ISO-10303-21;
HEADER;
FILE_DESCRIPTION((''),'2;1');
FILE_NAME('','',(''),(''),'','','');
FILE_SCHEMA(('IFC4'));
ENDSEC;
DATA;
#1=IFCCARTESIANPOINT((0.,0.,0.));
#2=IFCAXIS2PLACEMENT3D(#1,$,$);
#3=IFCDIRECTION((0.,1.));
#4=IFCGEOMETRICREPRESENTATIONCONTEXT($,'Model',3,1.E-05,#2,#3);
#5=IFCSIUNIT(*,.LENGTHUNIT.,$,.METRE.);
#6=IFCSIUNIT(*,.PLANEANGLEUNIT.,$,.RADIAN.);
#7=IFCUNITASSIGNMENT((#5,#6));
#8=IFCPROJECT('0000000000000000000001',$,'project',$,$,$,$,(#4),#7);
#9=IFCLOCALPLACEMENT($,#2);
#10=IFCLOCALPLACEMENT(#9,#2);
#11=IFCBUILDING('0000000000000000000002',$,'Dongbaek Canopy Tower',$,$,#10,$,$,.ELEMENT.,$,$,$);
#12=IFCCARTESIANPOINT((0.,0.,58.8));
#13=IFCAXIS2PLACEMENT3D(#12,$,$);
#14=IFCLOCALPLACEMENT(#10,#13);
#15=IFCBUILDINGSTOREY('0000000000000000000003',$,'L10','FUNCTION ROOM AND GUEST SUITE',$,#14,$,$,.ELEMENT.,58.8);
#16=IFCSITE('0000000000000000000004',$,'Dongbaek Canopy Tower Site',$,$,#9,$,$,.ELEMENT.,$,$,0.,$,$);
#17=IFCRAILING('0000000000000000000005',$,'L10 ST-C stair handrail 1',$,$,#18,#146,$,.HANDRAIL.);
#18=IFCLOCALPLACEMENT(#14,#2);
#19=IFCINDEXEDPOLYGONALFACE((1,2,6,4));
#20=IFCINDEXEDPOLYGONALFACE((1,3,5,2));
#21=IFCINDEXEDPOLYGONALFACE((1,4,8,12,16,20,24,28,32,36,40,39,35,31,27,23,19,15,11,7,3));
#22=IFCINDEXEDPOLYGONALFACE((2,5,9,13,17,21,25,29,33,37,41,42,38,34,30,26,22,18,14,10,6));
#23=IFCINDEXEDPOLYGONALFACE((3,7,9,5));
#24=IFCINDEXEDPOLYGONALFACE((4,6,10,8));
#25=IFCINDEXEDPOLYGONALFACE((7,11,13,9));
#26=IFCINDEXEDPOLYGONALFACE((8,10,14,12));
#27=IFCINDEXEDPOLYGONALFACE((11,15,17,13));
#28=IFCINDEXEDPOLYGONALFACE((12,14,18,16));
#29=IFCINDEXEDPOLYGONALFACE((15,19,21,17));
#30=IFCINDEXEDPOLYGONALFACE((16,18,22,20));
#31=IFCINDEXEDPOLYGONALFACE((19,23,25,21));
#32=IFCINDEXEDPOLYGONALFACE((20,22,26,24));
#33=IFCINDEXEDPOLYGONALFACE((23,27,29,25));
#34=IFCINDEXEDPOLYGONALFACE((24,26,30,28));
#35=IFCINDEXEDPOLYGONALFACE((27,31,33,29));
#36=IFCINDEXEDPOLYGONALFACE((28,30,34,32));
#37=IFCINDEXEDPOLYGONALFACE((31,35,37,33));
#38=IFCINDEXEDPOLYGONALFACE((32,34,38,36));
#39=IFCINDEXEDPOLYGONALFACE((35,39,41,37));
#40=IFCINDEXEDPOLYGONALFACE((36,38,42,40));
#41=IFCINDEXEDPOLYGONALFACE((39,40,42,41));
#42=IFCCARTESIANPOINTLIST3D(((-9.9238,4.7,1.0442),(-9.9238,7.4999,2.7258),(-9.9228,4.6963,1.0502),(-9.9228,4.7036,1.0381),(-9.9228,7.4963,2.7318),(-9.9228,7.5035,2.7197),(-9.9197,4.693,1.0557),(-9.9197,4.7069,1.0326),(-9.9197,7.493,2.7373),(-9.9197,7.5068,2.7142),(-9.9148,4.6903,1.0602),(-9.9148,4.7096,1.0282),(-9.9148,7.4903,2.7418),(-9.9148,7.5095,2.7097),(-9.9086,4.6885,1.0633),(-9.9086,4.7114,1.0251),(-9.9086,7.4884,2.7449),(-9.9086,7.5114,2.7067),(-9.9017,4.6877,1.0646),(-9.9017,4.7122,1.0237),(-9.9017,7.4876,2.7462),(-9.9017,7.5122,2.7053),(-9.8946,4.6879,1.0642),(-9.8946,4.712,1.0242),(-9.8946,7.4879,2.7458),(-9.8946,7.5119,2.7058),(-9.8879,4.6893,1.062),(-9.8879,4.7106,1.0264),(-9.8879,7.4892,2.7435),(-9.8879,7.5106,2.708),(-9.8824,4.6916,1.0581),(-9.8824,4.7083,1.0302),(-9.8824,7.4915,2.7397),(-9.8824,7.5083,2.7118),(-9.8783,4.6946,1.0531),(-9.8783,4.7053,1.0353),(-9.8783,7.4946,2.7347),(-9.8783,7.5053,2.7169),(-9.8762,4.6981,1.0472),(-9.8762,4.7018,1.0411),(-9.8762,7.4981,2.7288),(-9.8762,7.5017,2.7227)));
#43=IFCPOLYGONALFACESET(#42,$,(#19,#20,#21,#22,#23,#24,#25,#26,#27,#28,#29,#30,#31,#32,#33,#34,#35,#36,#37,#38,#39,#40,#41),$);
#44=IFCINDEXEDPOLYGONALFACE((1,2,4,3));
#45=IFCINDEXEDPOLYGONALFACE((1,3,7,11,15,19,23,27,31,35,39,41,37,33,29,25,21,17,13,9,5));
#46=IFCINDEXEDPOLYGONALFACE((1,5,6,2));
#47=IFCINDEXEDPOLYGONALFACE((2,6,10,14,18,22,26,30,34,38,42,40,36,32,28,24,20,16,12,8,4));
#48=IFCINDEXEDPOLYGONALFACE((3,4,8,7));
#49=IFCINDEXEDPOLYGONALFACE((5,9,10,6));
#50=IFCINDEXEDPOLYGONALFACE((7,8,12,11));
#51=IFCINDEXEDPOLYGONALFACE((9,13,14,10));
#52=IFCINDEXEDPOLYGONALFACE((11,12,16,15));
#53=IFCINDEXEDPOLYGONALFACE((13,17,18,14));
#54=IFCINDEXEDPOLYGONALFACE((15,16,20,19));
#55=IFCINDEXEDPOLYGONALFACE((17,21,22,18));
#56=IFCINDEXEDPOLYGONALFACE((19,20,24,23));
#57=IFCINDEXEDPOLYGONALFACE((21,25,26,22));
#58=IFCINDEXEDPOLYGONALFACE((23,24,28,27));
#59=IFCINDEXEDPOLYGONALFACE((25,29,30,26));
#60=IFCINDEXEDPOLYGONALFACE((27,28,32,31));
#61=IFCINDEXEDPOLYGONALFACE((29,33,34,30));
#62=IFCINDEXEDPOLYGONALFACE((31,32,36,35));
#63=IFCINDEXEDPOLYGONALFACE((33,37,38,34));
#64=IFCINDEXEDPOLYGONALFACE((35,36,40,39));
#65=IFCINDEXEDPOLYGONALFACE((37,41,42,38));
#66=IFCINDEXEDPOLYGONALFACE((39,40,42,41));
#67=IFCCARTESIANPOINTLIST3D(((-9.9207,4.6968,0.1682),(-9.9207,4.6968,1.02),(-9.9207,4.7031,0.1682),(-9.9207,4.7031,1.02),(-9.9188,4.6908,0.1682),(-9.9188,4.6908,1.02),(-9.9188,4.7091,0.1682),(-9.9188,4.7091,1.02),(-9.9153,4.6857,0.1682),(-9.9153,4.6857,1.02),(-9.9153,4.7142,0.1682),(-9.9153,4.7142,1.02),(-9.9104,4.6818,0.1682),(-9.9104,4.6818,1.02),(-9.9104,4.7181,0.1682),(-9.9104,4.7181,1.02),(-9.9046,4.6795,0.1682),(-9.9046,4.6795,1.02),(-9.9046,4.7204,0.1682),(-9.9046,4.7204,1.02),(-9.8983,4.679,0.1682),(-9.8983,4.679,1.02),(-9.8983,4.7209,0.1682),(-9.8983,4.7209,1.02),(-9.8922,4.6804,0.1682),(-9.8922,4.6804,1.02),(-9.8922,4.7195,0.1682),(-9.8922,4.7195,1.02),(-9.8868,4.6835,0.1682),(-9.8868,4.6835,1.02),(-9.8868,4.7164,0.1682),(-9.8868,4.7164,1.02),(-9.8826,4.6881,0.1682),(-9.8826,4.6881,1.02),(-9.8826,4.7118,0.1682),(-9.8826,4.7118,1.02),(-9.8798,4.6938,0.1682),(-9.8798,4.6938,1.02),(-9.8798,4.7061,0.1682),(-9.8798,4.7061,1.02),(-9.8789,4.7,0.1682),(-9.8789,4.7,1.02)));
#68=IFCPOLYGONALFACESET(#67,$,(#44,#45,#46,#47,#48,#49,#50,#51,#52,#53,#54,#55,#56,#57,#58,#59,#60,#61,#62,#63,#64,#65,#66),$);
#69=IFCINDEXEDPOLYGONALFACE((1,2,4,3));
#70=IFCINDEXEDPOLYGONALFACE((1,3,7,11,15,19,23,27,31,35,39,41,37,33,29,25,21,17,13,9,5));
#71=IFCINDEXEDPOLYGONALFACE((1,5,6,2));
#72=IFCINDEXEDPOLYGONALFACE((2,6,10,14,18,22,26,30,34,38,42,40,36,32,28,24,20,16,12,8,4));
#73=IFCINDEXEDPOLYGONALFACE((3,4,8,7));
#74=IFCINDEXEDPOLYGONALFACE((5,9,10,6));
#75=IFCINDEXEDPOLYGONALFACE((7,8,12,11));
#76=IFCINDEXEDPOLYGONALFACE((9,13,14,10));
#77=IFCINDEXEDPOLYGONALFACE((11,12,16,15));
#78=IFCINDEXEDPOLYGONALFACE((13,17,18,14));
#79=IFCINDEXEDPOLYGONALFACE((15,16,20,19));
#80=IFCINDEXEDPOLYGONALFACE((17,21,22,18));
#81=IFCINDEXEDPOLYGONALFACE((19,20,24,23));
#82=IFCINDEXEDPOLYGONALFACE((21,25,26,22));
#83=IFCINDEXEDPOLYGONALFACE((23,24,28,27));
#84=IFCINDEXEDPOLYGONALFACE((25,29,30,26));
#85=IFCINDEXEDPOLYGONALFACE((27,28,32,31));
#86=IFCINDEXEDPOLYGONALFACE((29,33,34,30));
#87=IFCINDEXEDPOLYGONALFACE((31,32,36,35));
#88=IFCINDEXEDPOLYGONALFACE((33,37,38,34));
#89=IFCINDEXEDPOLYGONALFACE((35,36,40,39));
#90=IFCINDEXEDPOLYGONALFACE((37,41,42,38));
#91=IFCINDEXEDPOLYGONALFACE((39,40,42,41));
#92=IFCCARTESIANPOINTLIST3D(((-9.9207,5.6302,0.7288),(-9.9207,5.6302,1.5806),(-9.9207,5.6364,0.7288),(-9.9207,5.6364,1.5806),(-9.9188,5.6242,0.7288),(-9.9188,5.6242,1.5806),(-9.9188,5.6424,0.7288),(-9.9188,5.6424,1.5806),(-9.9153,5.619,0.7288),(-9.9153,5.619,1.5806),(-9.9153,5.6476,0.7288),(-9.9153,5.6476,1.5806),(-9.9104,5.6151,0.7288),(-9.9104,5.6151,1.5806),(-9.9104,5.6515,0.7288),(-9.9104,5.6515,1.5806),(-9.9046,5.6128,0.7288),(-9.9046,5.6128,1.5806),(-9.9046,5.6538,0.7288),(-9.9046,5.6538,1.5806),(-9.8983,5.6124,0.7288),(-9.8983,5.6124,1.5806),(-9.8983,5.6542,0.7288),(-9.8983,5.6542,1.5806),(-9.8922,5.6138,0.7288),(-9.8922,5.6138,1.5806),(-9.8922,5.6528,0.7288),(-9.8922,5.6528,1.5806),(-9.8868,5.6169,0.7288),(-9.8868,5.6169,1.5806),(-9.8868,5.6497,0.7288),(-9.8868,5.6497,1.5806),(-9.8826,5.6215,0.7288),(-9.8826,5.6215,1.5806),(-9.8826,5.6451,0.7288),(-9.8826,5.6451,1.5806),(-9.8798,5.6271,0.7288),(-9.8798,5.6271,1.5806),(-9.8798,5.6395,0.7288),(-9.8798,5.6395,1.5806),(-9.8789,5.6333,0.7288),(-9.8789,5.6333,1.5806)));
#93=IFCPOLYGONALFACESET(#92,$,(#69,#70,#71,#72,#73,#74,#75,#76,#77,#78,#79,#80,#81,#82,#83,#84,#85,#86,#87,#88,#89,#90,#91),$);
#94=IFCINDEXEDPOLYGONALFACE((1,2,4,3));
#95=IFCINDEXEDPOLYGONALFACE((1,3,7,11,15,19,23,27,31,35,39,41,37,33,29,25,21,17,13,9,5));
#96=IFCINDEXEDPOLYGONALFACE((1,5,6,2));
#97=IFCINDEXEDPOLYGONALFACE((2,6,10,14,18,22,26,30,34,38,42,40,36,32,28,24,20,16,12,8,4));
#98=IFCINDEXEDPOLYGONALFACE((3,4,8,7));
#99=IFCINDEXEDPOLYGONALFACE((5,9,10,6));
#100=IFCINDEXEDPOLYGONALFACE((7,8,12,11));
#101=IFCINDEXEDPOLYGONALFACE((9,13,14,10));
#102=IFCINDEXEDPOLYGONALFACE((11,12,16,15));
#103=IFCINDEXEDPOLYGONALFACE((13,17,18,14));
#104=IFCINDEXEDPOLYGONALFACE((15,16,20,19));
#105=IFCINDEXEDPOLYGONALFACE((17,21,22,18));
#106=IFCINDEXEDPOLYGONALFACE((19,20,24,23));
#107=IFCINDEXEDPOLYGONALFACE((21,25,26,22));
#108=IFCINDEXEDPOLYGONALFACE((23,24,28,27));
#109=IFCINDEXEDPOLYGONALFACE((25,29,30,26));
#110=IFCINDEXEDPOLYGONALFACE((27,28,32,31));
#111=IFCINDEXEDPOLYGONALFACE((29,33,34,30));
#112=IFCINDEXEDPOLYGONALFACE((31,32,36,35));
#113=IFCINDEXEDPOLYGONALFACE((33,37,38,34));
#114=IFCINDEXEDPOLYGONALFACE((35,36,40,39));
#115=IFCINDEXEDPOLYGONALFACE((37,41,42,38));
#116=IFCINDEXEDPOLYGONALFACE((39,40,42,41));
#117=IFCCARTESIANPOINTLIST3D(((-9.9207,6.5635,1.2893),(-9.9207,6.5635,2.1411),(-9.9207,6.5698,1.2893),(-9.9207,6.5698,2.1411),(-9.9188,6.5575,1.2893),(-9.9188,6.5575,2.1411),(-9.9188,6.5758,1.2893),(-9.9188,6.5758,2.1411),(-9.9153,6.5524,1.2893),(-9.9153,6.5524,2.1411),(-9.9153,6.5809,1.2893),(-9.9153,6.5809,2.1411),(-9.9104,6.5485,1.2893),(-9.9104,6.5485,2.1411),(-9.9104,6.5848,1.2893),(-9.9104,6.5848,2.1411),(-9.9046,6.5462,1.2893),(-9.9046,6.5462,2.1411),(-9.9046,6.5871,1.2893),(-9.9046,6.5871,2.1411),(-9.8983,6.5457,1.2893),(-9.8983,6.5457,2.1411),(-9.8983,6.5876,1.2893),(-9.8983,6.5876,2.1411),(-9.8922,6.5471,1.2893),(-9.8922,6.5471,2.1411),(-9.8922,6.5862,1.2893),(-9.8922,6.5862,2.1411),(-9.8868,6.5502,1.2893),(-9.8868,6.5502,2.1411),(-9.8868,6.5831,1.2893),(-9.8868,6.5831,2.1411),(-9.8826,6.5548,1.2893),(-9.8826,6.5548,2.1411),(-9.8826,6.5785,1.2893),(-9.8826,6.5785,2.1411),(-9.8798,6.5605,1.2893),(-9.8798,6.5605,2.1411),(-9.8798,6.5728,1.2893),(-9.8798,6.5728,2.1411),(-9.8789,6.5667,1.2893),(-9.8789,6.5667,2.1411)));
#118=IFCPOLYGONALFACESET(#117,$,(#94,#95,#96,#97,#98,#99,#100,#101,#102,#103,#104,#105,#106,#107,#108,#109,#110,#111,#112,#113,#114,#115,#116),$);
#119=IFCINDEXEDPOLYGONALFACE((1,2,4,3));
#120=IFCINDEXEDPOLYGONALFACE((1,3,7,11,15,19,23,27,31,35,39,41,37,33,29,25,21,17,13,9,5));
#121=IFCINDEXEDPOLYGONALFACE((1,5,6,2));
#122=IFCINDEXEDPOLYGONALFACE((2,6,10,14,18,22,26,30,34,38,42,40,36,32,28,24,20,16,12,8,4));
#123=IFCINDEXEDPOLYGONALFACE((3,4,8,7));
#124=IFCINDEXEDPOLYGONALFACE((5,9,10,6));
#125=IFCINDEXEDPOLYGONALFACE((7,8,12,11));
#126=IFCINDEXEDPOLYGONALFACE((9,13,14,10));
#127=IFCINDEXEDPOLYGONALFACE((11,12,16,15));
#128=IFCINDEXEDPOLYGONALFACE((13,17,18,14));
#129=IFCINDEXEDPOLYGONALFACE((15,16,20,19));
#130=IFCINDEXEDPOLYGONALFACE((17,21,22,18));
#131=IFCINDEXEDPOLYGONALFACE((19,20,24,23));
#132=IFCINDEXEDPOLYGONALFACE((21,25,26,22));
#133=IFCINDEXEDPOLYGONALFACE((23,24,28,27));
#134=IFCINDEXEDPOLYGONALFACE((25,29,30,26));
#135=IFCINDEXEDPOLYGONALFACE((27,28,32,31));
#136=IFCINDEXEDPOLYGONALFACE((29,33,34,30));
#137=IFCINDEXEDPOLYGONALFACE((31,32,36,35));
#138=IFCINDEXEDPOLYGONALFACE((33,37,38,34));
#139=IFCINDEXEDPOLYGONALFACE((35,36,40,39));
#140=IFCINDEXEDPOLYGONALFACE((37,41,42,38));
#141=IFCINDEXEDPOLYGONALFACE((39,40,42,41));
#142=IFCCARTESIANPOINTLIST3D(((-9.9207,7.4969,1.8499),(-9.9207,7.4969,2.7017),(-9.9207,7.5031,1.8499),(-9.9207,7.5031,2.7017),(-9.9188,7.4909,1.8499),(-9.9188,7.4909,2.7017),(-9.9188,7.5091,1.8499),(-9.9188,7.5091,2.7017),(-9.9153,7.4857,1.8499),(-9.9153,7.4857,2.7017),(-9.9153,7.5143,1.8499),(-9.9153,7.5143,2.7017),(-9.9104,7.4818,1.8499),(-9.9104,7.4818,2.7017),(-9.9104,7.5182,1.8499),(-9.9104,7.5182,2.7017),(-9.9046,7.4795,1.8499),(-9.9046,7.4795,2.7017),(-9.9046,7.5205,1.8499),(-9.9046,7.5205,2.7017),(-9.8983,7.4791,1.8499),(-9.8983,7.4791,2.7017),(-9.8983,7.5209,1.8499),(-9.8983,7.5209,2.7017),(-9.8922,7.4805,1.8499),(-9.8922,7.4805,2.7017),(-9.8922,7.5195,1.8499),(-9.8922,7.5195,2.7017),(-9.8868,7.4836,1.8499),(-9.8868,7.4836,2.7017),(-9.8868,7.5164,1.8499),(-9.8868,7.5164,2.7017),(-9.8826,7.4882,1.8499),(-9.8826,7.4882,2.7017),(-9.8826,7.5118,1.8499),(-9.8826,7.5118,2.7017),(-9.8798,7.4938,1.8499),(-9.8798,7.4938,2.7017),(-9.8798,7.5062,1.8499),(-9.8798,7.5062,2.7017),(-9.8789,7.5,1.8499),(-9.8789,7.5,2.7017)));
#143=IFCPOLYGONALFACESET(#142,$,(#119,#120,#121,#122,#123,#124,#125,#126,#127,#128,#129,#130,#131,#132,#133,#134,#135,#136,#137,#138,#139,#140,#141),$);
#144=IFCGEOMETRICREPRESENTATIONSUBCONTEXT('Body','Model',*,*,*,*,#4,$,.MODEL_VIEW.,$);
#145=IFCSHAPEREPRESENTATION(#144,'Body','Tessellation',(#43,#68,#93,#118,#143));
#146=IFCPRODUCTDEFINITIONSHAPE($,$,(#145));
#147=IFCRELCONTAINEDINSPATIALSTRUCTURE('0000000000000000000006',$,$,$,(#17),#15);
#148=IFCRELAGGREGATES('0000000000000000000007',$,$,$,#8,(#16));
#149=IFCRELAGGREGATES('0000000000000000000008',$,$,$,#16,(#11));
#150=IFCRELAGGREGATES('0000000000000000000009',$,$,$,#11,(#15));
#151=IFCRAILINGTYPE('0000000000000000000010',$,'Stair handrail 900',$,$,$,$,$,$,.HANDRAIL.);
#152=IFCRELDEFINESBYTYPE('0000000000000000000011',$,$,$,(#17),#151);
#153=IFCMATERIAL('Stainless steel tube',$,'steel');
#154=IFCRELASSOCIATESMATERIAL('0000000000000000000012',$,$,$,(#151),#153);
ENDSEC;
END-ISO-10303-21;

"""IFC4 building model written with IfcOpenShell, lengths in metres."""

from ifc_helpers import new_model, si_unit, direction, frame, origin, origin_2d, place, context, subcontext, project, spatial, circle, extrude, material, type_object, element, save


model = new_model("IFC4")

# Units and contexts
model_context = context("Model", 3, precision=1e-05, world=origin(), true_north=direction((0.0, 1.0)))
body_context = subcontext(model_context, "Body", "Model", "MODEL_VIEW")
ifc_project = project(units=[si_unit("LENGTHUNIT", "METRE"), si_unit("PLANEANGLEUNIT", "RADIAN")], contexts=[model_context])

# Site, building, storey
site_placement = place(None, origin())
site = spatial("IfcSite", under=ifc_project, at=site_placement, Name="Dongbaek Canopy Tower Site", CompositionType="ELEMENT", RefElevation=0.0)
building_placement = place(site_placement, origin())
building = spatial("IfcBuilding", under=site, at=building_placement, Name="Dongbaek Canopy Tower", CompositionType="ELEMENT")
storey_placement = place(building_placement, frame((0.0, 0.0, 58.8)))
storey = spatial("IfcBuildingStorey", under=building, at=storey_placement, Name="L10", Description="FUNCTION ROOM AND GUEST SUITE", CompositionType="ELEMENT", Elevation=58.8)

# Railing
ifc_material_1 = material(Name="Stainless steel tube", Category="steel")
railing_type_1 = type_object("IfcRailingType", Name="Stair handrail 900", PredefinedType="HANDRAIL", material=ifc_material_1)
railing_1_placement = place(storey_placement, frame((-9.8999, 4.7, 0.1682)))
element("IfcRailing", 1, at=railing_1_placement, inside=storey, type_object=railing_type_1, Name="L10 ST-C stair handrail 1", PredefinedType="HANDRAIL", context=body_context, shape_type="SweptSolid", body=[
    extrude(circle(Radius=0.0239, at=origin_2d()), frame((0.0, 0.0, 0.876), z_axis=(0.0, 0.857275, 0.514858), x_axis=(-1.0, 0.0, 0.0)), (0.0, 0.0, 1.0), 3.2661),
    extrude(circle(Radius=0.021, at=origin_2d()), origin(), (0.0, 0.0, 1.0), 0.8518),
    extrude(circle(Radius=0.021, at=origin_2d()), frame((0.0, 0.9333, 0.5605)), (0.0, 0.0, 1.0), 0.8518),
    extrude(circle(Radius=0.021, at=origin_2d()), frame((0.0, 1.8667, 1.1211)), (0.0, 0.0, 1.0), 0.8518),
    extrude(circle(Radius=0.021, at=origin_2d()), frame((0.0, 2.8, 1.6816)), (0.0, 0.0, 1.0), 0.8518),
])

save(model, "model.ifc")
